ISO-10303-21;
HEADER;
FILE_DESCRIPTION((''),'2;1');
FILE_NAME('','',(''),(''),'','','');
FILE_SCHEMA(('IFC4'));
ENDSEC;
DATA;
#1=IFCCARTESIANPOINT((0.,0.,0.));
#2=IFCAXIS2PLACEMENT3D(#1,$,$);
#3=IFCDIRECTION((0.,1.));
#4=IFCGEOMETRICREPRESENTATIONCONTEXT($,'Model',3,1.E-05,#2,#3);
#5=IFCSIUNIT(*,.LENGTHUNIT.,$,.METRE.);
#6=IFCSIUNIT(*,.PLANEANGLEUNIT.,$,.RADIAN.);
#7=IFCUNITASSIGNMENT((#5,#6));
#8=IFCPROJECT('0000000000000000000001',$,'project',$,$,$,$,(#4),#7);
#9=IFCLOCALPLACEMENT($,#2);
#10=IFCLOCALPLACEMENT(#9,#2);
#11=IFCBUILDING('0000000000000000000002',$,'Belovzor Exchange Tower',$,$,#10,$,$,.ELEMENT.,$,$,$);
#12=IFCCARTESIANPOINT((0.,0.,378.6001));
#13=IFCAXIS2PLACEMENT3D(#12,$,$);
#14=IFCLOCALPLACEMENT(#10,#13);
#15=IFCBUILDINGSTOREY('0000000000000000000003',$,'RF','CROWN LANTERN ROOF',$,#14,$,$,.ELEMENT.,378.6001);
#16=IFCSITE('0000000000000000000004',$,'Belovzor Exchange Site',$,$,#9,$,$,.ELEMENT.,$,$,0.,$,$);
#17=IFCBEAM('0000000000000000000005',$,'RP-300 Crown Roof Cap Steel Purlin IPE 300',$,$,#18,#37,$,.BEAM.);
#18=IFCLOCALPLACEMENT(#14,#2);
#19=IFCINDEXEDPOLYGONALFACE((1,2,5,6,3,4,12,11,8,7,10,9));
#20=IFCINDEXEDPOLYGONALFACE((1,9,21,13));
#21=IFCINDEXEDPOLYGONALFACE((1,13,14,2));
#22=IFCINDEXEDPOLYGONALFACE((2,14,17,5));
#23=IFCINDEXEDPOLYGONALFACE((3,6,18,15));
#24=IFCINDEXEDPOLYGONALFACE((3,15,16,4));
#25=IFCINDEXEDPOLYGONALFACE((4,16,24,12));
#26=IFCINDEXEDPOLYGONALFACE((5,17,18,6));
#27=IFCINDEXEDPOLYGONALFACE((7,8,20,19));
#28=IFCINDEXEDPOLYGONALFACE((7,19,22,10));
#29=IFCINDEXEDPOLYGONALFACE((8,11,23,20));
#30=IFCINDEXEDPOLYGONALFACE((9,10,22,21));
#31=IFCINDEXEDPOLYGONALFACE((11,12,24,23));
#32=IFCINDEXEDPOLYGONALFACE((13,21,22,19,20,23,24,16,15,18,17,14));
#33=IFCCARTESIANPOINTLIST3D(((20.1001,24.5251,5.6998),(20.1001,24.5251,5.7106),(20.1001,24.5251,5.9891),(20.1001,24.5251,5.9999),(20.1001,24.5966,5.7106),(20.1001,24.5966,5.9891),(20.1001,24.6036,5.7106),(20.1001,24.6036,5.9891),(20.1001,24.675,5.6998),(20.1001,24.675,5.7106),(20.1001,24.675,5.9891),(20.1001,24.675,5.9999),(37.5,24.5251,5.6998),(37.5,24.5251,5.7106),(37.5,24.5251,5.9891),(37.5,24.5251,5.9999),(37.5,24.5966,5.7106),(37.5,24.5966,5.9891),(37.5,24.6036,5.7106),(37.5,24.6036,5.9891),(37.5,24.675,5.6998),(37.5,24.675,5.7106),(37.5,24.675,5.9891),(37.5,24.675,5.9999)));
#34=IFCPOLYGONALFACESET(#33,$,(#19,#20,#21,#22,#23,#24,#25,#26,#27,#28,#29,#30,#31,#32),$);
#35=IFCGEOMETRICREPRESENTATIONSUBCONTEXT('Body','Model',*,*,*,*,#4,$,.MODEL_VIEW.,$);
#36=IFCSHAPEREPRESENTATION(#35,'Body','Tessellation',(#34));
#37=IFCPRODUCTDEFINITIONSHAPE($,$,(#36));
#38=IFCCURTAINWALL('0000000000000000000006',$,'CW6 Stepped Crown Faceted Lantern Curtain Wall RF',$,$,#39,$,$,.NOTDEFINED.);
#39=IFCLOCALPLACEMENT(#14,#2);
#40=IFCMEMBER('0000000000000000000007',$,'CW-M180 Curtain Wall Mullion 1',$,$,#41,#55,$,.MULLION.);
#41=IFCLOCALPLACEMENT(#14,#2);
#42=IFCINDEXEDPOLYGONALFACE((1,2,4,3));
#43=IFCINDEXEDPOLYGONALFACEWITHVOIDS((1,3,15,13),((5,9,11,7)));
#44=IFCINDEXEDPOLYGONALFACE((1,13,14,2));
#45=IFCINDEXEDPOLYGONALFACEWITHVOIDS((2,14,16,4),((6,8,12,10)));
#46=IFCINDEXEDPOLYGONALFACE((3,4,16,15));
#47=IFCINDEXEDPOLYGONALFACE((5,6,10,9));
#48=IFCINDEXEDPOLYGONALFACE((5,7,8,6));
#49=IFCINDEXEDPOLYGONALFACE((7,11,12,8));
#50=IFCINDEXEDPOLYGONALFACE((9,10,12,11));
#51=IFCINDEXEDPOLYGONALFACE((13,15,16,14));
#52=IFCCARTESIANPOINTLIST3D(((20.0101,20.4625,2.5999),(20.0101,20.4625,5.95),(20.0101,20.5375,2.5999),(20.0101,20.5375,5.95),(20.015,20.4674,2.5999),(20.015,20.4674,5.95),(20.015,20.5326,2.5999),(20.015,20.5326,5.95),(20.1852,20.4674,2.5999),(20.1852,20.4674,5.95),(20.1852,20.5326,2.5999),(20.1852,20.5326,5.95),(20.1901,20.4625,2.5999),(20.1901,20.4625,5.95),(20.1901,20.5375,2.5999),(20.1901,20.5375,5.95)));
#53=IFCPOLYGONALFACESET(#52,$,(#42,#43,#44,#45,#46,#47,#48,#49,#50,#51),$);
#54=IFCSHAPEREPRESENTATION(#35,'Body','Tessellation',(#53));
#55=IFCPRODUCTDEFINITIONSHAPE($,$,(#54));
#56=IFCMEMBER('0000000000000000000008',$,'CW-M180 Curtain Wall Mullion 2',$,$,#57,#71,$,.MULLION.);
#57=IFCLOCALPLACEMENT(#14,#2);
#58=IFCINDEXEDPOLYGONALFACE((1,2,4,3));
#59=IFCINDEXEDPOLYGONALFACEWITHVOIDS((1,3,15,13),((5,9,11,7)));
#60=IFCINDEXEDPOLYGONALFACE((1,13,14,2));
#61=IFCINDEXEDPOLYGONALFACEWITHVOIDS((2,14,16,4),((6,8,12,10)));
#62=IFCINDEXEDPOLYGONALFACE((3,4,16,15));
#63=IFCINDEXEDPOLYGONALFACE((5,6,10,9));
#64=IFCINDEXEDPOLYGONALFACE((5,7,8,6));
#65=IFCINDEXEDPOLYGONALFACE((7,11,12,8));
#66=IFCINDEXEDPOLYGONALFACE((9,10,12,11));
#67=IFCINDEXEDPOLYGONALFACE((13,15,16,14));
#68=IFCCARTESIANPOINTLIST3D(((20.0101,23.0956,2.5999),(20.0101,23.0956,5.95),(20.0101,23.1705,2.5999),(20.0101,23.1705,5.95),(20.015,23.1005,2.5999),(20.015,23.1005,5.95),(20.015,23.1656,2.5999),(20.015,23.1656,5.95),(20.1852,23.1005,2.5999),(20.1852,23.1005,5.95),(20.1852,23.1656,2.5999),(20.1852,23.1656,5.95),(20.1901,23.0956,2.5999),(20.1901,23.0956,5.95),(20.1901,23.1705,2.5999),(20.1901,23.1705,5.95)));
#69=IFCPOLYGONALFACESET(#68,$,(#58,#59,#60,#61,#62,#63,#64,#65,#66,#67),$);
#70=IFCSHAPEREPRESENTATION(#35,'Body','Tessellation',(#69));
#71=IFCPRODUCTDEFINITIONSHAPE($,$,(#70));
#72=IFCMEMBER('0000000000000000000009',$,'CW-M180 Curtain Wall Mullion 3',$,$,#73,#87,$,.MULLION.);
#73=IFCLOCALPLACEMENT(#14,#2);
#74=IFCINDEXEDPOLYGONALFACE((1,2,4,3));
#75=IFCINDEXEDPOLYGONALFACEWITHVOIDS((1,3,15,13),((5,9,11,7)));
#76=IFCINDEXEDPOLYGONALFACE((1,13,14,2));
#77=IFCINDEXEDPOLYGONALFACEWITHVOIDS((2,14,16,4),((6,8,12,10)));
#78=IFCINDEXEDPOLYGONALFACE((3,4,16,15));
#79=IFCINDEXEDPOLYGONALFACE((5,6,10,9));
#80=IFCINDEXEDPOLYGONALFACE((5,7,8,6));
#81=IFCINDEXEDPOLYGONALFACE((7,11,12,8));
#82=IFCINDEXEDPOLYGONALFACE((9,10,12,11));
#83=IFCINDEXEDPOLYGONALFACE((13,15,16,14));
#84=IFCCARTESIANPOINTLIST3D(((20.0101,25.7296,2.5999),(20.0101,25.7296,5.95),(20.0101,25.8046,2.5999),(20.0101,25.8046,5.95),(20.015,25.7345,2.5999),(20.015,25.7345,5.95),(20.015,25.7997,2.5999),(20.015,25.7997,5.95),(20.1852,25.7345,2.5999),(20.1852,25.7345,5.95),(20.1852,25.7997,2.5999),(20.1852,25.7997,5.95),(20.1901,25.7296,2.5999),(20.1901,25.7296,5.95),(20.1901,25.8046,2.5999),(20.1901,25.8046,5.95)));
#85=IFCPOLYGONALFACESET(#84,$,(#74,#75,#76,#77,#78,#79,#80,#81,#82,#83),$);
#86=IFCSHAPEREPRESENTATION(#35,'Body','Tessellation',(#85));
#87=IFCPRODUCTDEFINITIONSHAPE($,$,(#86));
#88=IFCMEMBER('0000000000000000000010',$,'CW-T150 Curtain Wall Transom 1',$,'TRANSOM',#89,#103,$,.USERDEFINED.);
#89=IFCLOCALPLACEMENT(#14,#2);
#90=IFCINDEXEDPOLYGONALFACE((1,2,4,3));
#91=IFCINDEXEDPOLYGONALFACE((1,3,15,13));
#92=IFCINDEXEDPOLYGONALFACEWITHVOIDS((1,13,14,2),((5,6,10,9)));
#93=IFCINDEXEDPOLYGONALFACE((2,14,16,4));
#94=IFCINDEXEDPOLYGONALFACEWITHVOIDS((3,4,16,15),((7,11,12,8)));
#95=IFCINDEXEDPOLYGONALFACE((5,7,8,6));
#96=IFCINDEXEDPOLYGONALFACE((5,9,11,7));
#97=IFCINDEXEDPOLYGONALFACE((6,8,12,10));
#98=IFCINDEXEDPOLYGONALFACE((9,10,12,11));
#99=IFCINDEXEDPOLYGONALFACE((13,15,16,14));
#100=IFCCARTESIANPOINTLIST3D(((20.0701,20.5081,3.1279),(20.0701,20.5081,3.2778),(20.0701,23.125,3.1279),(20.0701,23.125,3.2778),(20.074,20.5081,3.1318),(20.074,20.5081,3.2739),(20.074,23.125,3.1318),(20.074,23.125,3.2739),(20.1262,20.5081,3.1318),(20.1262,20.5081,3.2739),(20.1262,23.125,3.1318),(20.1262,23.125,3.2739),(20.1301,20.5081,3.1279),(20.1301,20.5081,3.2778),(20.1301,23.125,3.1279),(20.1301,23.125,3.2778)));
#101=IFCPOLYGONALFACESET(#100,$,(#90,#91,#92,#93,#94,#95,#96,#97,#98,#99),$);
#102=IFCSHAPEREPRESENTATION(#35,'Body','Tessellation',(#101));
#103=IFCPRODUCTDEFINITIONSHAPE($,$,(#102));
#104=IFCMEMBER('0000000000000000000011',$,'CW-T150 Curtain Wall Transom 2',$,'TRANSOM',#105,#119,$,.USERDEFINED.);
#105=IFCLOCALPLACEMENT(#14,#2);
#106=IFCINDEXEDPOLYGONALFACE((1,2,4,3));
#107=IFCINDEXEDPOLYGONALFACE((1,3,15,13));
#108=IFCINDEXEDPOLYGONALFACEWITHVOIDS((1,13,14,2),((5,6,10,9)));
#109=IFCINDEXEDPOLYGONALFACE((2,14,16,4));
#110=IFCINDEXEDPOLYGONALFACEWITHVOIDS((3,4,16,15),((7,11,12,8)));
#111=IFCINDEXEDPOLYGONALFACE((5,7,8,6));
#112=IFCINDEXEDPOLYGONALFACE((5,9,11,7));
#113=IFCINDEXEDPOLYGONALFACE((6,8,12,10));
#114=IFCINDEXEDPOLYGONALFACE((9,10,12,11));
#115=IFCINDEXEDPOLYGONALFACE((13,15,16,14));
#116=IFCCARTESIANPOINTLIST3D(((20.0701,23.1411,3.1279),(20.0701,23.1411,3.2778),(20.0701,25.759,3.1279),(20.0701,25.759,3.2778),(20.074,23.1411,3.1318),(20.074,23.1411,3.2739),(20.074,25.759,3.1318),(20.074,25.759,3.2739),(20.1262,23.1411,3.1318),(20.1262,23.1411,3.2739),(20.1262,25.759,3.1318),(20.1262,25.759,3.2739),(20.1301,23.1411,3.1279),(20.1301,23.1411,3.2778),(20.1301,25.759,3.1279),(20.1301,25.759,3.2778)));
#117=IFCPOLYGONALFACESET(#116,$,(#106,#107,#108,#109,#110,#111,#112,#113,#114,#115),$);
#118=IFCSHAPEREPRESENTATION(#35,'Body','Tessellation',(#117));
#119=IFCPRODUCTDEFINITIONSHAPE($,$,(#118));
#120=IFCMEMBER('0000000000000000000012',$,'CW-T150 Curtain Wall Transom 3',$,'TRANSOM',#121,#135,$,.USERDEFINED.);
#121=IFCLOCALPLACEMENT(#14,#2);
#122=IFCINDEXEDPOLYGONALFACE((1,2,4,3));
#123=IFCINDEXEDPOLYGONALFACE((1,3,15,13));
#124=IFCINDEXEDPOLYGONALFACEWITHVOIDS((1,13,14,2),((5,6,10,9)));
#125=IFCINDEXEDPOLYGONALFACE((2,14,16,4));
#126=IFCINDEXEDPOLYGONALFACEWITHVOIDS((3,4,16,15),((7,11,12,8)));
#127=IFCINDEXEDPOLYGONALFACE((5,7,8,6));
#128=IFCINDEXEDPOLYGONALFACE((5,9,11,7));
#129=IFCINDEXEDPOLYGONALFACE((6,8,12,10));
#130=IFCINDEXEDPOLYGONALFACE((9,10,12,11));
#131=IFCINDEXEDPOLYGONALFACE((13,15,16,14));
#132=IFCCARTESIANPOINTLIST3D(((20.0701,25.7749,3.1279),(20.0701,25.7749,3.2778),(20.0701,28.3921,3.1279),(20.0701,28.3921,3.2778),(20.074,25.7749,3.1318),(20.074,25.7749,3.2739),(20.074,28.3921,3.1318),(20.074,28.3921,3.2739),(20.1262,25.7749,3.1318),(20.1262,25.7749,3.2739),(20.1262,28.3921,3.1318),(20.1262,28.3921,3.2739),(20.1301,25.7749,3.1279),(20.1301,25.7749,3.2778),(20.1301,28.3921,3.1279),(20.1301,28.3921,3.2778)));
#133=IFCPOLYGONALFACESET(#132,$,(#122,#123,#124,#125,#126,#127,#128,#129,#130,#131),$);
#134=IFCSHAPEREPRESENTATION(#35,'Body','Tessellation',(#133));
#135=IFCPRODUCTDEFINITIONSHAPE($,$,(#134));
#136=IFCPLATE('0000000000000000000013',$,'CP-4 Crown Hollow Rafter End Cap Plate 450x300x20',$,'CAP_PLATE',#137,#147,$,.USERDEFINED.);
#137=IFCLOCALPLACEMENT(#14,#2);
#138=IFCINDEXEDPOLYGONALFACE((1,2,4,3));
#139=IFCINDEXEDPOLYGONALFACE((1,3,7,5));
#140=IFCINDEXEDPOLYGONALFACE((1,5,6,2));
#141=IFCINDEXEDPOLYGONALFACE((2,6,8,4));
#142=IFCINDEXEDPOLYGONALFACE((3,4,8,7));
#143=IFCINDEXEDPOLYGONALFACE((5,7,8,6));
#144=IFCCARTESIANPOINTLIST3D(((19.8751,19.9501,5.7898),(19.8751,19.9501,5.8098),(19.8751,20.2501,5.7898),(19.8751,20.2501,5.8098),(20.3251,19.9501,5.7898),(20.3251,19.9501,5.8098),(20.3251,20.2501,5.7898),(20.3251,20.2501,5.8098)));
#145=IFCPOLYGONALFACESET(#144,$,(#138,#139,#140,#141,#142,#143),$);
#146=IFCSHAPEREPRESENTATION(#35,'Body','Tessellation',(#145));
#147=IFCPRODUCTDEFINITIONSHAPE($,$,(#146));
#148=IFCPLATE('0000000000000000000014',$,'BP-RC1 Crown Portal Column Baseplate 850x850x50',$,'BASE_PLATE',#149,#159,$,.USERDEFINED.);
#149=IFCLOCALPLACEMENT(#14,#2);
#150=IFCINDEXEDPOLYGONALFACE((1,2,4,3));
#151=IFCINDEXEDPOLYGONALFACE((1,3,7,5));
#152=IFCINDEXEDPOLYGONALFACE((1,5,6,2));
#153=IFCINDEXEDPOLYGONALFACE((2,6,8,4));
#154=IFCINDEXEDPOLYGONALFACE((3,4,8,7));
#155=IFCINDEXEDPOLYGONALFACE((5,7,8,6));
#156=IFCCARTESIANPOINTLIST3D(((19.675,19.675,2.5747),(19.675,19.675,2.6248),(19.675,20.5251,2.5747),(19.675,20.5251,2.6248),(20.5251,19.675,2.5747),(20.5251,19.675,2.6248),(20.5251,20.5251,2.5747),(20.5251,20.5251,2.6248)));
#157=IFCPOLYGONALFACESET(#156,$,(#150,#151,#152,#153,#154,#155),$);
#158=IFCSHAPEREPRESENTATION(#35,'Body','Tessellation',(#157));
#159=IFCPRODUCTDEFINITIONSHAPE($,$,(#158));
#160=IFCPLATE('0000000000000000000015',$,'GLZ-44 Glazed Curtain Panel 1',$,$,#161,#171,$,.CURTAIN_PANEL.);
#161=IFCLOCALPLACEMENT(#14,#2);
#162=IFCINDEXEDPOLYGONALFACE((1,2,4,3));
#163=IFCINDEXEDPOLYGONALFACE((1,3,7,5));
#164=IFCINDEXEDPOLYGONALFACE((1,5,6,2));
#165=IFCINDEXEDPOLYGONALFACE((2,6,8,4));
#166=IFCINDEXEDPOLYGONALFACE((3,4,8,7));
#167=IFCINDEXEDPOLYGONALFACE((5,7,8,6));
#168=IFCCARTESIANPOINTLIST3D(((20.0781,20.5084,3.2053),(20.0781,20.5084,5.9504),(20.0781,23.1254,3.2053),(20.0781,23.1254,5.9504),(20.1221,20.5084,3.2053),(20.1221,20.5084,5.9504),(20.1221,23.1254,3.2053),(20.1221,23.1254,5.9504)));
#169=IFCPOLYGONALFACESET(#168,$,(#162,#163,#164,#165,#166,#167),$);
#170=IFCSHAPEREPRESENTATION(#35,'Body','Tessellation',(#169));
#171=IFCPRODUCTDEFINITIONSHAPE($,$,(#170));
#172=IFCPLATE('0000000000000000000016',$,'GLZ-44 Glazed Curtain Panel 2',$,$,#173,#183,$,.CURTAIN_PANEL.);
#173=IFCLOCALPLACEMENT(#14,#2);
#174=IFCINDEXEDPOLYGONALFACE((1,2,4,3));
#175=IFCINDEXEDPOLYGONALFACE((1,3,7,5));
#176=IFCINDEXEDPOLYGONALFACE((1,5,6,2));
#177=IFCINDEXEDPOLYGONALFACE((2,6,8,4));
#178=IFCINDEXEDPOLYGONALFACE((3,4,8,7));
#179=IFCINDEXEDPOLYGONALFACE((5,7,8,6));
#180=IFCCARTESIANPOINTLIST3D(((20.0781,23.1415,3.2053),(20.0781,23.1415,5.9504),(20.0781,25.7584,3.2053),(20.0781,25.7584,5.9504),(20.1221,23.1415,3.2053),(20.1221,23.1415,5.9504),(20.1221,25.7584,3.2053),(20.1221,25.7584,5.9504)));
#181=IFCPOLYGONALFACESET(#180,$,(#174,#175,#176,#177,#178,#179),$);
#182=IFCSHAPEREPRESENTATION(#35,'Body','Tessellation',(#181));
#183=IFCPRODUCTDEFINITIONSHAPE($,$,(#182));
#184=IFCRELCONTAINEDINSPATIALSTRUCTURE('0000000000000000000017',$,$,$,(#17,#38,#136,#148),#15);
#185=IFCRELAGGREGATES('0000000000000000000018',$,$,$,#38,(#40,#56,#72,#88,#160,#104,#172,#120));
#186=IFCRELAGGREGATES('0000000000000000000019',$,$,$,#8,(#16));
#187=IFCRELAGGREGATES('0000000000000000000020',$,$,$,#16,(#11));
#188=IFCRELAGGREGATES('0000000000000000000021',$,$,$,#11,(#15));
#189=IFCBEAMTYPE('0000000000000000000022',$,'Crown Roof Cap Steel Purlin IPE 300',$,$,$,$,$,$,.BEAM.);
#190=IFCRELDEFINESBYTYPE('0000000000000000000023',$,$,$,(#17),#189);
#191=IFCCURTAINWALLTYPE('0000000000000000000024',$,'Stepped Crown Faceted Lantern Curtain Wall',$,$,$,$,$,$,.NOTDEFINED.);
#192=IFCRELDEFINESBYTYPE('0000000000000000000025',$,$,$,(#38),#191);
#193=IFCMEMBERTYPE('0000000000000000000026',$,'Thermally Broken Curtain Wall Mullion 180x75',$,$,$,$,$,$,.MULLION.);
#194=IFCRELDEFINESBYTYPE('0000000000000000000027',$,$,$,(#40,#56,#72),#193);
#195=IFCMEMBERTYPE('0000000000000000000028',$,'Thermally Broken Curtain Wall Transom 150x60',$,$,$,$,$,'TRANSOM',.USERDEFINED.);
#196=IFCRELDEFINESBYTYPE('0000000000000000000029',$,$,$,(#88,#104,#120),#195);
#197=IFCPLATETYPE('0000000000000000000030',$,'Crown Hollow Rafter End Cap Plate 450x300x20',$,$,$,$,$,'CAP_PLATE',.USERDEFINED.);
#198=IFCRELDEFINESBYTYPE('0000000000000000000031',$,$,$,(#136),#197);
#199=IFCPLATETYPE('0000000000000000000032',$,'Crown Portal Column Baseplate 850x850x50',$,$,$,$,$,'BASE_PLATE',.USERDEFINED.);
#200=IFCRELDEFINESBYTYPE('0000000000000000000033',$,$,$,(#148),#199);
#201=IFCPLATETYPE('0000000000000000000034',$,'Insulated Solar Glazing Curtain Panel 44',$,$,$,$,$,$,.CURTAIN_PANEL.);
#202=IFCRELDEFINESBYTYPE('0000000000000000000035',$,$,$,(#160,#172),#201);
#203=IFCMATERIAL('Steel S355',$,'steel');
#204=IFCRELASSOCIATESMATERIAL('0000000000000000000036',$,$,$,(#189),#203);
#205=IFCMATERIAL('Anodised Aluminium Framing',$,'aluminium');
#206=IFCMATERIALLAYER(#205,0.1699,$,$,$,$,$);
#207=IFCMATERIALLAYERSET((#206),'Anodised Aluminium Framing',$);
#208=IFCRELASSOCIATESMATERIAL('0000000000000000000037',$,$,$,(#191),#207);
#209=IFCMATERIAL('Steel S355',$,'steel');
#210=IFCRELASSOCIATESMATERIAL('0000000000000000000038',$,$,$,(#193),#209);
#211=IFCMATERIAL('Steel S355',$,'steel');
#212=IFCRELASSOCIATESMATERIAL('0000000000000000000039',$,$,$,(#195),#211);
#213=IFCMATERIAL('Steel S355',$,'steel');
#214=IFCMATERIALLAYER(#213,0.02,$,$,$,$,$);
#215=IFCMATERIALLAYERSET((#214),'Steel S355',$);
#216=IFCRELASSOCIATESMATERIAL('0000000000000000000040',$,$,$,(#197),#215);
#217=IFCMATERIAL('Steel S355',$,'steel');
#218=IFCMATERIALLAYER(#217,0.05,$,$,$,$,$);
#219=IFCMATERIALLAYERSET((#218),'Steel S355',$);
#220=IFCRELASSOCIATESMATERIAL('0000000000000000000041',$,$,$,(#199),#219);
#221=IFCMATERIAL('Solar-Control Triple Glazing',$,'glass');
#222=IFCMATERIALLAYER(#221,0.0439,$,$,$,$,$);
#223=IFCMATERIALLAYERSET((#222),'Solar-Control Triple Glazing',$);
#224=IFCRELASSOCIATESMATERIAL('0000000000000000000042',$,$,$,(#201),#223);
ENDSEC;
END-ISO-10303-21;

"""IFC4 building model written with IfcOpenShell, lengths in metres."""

from ifc_helpers import new_model, si_unit, direction, frame, origin, origin_2d, place, context, subcontext, project, spatial, rectangle, hollow_rectangle, i_section, extrude, material, layer, layer_set, material_profile, profile_set, type_object, element, aggregate, save


model = new_model("IFC4")

# Units and contexts
model_context = context("Model", 3, precision=1e-05, world=origin(), true_north=direction((0.0, 1.0)))
body_context = subcontext(model_context, "Body", "Model", "MODEL_VIEW")
ifc_project = project(units=[si_unit("LENGTHUNIT", "METRE"), si_unit("PLANEANGLEUNIT", "RADIAN")], contexts=[model_context])

# Site, building, storey
site_placement = place(None, origin())
site = spatial("IfcSite", under=ifc_project, at=site_placement, Name="Belovzor Exchange Site", CompositionType="ELEMENT", RefElevation=0.0)
building_placement = place(site_placement, origin())
building = spatial("IfcBuilding", under=site, at=building_placement, Name="Belovzor Exchange Tower", CompositionType="ELEMENT")
storey_placement = place(building_placement, frame((0.0, 0.0, 378.6001)))
storey = spatial("IfcBuildingStorey", under=building, at=storey_placement, Name="RF", Description="CROWN LANTERN ROOF", CompositionType="ELEMENT", Elevation=378.6001)

# Beam
ifc_material_1 = material(Name="Steel S355", Category="steel")
ifc_material_profile_1 = material_profile(ifc_material_1, i_section(OverallWidth=0.1499, OverallDepth=0.3, WebThickness=0.0071, FlangeThickness=0.0107, at=origin_2d()))
ifc_profile_set_1 = profile_set([ifc_material_profile_1], Name="Steel S355")
beam_type_1 = type_object("IfcBeamType", Name="Crown Roof Cap Steel Purlin IPE 300", PredefinedType="BEAM", material=ifc_profile_set_1)
for number, where, z_axis, x_axis, name in (
    (1, (20.1001, 24.6001, 5.8499), (1.0, 0.0, 0.0), (0.0, 1.0, 0.0), "RP-300 Crown Roof Cap Steel Purlin IPE 300"),
):
    element("IfcBeam", number, at=place(storey_placement, frame(where, z_axis=z_axis, x_axis=x_axis)), inside=storey, type_object=beam_type_1, Name=name, PredefinedType="BEAM", context=body_context, shape_type="SweptSolid", body=[
        extrude(i_section(OverallWidth=0.1499, OverallDepth=0.3, WebThickness=0.0071, FlangeThickness=0.0107, at=origin_2d()), origin(), (0.0, 0.0, 1.0), 17.3999),
    ])

# Curtain wall, members
ifc_material_2 = material(Name="Anodised Aluminium Framing", Category="aluminium")
ifc_layer_1 = layer(ifc_material_2, 0.1699)
ifc_layer_set_1 = layer_set([ifc_layer_1], Name="Anodised Aluminium Framing")
curtain_wall_type = type_object("IfcCurtainWallType", Name="Stepped Crown Faceted Lantern Curtain Wall", PredefinedType="NOTDEFINED", material=ifc_layer_set_1)
curtain_wall_placement = place(storey_placement, origin())
curtain_wall = element("IfcCurtainWall", 2, at=curtain_wall_placement, inside=storey, type_object=curtain_wall_type, Name="CW6 Stepped Crown Faceted Lantern Curtain Wall RF", PredefinedType="NOTDEFINED")
ifc_material_3 = material(Name="Steel S355", Category="steel")
ifc_material_profile_2 = material_profile(ifc_material_3, hollow_rectangle(XDim=0.075, YDim=0.1799, WallThickness=0.0049, at=origin_2d()))
ifc_profile_set_2 = profile_set([ifc_material_profile_2], Name="Steel S355")
member_type_1 = type_object("IfcMemberType", Name="Thermally Broken Curtain Wall Mullion 180x75", PredefinedType="MULLION", material=ifc_profile_set_2)
member_1_placement = place(storey_placement, frame((20.1001, 20.5, 2.5999), z_axis=(0.0, 0.0, 1.0), x_axis=(0.0, 1.0, 0.0)))
member_1 = element("IfcMember", 3, at=member_1_placement, type_object=member_type_1, Name="CW-M180 Curtain Wall Mullion 1", PredefinedType="MULLION", context=body_context, shape_type="SweptSolid", body=[
    extrude(hollow_rectangle(XDim=0.075, YDim=0.1799, WallThickness=0.0049, at=origin_2d()), origin(), (0.0, 0.0, 1.0), 3.3501),
])
member_2_placement = place(storey_placement, frame((20.1001, 23.1331, 2.5999), z_axis=(0.0, 0.0, 1.0), x_axis=(0.0, 1.0, 0.0)))
member_2 = element("IfcMember", 4, at=member_2_placement, type_object=member_type_1, Name="CW-M180 Curtain Wall Mullion 2", PredefinedType="MULLION", context=body_context, shape_type="SweptSolid", body=[
    extrude(hollow_rectangle(XDim=0.075, YDim=0.1799, WallThickness=0.0049, at=origin_2d()), origin(), (0.0, 0.0, 1.0), 3.3501),
])
member_3_placement = place(storey_placement, frame((20.1001, 25.7671, 2.5999), z_axis=(0.0, 0.0, 1.0), x_axis=(0.0, 1.0, 0.0)))
member_3 = element("IfcMember", 5, at=member_3_placement, type_object=member_type_1, Name="CW-M180 Curtain Wall Mullion 3", PredefinedType="MULLION", context=body_context, shape_type="SweptSolid", body=[
    extrude(hollow_rectangle(XDim=0.075, YDim=0.1799, WallThickness=0.0049, at=origin_2d()), origin(), (0.0, 0.0, 1.0), 3.3501),
])
ifc_material_4 = material(Name="Steel S355", Category="steel")
ifc_material_profile_3 = material_profile(ifc_material_4, hollow_rectangle(XDim=0.0601, YDim=0.1499, WallThickness=0.0039, at=origin_2d()))
ifc_profile_set_3 = profile_set([ifc_material_profile_3], Name="Steel S355")
member_type_2 = type_object("IfcMemberType", Name="Thermally Broken Curtain Wall Transom 150x60", ElementType="TRANSOM", PredefinedType="USERDEFINED", material=ifc_profile_set_3)
member_4_placement = place(storey_placement, frame((20.1001, 20.5081, 3.2029), z_axis=(0.0, 1.0, 0.0), x_axis=(-1.0, 0.0, 0.0)))
member_4 = element("IfcMember", 6, at=member_4_placement, type_object=member_type_2, Name="CW-T150 Curtain Wall Transom 1", ObjectType="TRANSOM", PredefinedType="USERDEFINED", context=body_context, shape_type="SweptSolid", body=[
    extrude(hollow_rectangle(XDim=0.0601, YDim=0.1499, WallThickness=0.0039, at=origin_2d()), origin(), (0.0, 0.0, 1.0), 2.6169),
])
member_5_placement = place(storey_placement, frame((20.1001, 23.1411, 3.2029), z_axis=(0.0, 1.0, 0.0), x_axis=(-1.0, 0.0, 0.0)))
member_5 = element("IfcMember", 7, at=member_5_placement, type_object=member_type_2, Name="CW-T150 Curtain Wall Transom 2", ObjectType="TRANSOM", PredefinedType="USERDEFINED", context=body_context, shape_type="SweptSolid", body=[
    extrude(hollow_rectangle(XDim=0.0601, YDim=0.1499, WallThickness=0.0039, at=origin_2d()), origin(), (0.0, 0.0, 1.0), 2.6179),
])
member_6_placement = place(storey_placement, frame((20.1001, 25.7749, 3.2029), z_axis=(0.0, 1.0, 0.0), x_axis=(-1.0, 0.0, 0.0)))
member_6 = element("IfcMember", 8, at=member_6_placement, type_object=member_type_2, Name="CW-T150 Curtain Wall Transom 3", ObjectType="TRANSOM", PredefinedType="USERDEFINED", context=body_context, shape_type="SweptSolid", body=[
    extrude(hollow_rectangle(XDim=0.0601, YDim=0.1499, WallThickness=0.0039, at=origin_2d()), origin(), (0.0, 0.0, 1.0), 2.6172),
])

# Plates
ifc_material_5 = material(Name="Steel S355", Category="steel")
ifc_layer_2 = layer(ifc_material_5, 0.02)
ifc_layer_set_2 = layer_set([ifc_layer_2], Name="Steel S355")
plate_type_1 = type_object("IfcPlateType", Name="Crown Hollow Rafter End Cap Plate 450x300x20", ElementType="CAP_PLATE", PredefinedType="USERDEFINED", material=ifc_layer_set_2)
plate_1_placement = place(storey_placement, frame((20.1001, 20.1001, 5.7898), z_axis=(0.0, 0.0, 1.0), x_axis=(1.0, 0.0, 0.0)))
element("IfcPlate", 9, at=plate_1_placement, inside=storey, type_object=plate_type_1, Name="CP-4 Crown Hollow Rafter End Cap Plate 450x300x20", ObjectType="CAP_PLATE", PredefinedType="USERDEFINED", context=body_context, shape_type="SweptSolid", body=[
    extrude(rectangle(XDim=0.45, YDim=0.3, at=origin_2d()), origin(), (0.0, 0.0, 1.0), 0.02),
])
ifc_material_6 = material(Name="Steel S355", Category="steel")
ifc_layer_3 = layer(ifc_material_6, 0.05)
ifc_layer_set_3 = layer_set([ifc_layer_3], Name="Steel S355")
plate_type_2 = type_object("IfcPlateType", Name="Crown Portal Column Baseplate 850x850x50", ElementType="BASE_PLATE", PredefinedType="USERDEFINED", material=ifc_layer_set_3)
plate_2_placement = place(storey_placement, frame((20.1001, 20.1001, 2.5747), z_axis=(0.0, 0.0, 1.0), x_axis=(1.0, 0.0, 0.0)))
element("IfcPlate", 10, at=plate_2_placement, inside=storey, type_object=plate_type_2, Name="BP-RC1 Crown Portal Column Baseplate 850x850x50", ObjectType="BASE_PLATE", PredefinedType="USERDEFINED", context=body_context, shape_type="SweptSolid", body=[
    extrude(rectangle(XDim=0.8501, YDim=0.8501, at=origin_2d()), origin(), (0.0, 0.0, 1.0), 0.05),
])

# Plates
ifc_material_7 = material(Name="Solar-Control Triple Glazing", Category="glass")
ifc_layer_4 = layer(ifc_material_7, 0.0439)
ifc_layer_set_4 = layer_set([ifc_layer_4], Name="Solar-Control Triple Glazing")
plate_type_3 = type_object("IfcPlateType", Name="Insulated Solar Glazing Curtain Panel 44", PredefinedType="CURTAIN_PANEL", material=ifc_layer_set_4)
plate_3_placement = place(storey_placement, frame((20.1001, 21.8169, 3.2053), z_axis=(0.0, 0.0, 1.0), x_axis=(0.0, 1.0, 0.0)))
plate_3 = element("IfcPlate", 11, at=plate_3_placement, type_object=plate_type_3, Name="GLZ-44 Glazed Curtain Panel 1", PredefinedType="CURTAIN_PANEL", context=body_context, shape_type="SweptSolid", body=[
    extrude(rectangle(XDim=2.6169, YDim=0.0439, at=origin_2d()), origin(), (0.0, 0.0, 1.0), 2.7451),
])
plate_4_placement = place(storey_placement, frame((20.1001, 24.45, 3.2053), z_axis=(0.0, 0.0, 1.0), x_axis=(0.0, 1.0, 0.0)))
plate_4 = element("IfcPlate", 12, at=plate_4_placement, type_object=plate_type_3, Name="GLZ-44 Glazed Curtain Panel 2", PredefinedType="CURTAIN_PANEL", context=body_context, shape_type="SweptSolid", body=[
    extrude(rectangle(XDim=2.6169, YDim=0.0439, at=origin_2d()), origin(), (0.0, 0.0, 1.0), 2.7451),
])

aggregate(curtain_wall, [member_1, member_2, member_3, member_4, plate_3, member_5, plate_4, member_6])

save(model, "model.ifc")
